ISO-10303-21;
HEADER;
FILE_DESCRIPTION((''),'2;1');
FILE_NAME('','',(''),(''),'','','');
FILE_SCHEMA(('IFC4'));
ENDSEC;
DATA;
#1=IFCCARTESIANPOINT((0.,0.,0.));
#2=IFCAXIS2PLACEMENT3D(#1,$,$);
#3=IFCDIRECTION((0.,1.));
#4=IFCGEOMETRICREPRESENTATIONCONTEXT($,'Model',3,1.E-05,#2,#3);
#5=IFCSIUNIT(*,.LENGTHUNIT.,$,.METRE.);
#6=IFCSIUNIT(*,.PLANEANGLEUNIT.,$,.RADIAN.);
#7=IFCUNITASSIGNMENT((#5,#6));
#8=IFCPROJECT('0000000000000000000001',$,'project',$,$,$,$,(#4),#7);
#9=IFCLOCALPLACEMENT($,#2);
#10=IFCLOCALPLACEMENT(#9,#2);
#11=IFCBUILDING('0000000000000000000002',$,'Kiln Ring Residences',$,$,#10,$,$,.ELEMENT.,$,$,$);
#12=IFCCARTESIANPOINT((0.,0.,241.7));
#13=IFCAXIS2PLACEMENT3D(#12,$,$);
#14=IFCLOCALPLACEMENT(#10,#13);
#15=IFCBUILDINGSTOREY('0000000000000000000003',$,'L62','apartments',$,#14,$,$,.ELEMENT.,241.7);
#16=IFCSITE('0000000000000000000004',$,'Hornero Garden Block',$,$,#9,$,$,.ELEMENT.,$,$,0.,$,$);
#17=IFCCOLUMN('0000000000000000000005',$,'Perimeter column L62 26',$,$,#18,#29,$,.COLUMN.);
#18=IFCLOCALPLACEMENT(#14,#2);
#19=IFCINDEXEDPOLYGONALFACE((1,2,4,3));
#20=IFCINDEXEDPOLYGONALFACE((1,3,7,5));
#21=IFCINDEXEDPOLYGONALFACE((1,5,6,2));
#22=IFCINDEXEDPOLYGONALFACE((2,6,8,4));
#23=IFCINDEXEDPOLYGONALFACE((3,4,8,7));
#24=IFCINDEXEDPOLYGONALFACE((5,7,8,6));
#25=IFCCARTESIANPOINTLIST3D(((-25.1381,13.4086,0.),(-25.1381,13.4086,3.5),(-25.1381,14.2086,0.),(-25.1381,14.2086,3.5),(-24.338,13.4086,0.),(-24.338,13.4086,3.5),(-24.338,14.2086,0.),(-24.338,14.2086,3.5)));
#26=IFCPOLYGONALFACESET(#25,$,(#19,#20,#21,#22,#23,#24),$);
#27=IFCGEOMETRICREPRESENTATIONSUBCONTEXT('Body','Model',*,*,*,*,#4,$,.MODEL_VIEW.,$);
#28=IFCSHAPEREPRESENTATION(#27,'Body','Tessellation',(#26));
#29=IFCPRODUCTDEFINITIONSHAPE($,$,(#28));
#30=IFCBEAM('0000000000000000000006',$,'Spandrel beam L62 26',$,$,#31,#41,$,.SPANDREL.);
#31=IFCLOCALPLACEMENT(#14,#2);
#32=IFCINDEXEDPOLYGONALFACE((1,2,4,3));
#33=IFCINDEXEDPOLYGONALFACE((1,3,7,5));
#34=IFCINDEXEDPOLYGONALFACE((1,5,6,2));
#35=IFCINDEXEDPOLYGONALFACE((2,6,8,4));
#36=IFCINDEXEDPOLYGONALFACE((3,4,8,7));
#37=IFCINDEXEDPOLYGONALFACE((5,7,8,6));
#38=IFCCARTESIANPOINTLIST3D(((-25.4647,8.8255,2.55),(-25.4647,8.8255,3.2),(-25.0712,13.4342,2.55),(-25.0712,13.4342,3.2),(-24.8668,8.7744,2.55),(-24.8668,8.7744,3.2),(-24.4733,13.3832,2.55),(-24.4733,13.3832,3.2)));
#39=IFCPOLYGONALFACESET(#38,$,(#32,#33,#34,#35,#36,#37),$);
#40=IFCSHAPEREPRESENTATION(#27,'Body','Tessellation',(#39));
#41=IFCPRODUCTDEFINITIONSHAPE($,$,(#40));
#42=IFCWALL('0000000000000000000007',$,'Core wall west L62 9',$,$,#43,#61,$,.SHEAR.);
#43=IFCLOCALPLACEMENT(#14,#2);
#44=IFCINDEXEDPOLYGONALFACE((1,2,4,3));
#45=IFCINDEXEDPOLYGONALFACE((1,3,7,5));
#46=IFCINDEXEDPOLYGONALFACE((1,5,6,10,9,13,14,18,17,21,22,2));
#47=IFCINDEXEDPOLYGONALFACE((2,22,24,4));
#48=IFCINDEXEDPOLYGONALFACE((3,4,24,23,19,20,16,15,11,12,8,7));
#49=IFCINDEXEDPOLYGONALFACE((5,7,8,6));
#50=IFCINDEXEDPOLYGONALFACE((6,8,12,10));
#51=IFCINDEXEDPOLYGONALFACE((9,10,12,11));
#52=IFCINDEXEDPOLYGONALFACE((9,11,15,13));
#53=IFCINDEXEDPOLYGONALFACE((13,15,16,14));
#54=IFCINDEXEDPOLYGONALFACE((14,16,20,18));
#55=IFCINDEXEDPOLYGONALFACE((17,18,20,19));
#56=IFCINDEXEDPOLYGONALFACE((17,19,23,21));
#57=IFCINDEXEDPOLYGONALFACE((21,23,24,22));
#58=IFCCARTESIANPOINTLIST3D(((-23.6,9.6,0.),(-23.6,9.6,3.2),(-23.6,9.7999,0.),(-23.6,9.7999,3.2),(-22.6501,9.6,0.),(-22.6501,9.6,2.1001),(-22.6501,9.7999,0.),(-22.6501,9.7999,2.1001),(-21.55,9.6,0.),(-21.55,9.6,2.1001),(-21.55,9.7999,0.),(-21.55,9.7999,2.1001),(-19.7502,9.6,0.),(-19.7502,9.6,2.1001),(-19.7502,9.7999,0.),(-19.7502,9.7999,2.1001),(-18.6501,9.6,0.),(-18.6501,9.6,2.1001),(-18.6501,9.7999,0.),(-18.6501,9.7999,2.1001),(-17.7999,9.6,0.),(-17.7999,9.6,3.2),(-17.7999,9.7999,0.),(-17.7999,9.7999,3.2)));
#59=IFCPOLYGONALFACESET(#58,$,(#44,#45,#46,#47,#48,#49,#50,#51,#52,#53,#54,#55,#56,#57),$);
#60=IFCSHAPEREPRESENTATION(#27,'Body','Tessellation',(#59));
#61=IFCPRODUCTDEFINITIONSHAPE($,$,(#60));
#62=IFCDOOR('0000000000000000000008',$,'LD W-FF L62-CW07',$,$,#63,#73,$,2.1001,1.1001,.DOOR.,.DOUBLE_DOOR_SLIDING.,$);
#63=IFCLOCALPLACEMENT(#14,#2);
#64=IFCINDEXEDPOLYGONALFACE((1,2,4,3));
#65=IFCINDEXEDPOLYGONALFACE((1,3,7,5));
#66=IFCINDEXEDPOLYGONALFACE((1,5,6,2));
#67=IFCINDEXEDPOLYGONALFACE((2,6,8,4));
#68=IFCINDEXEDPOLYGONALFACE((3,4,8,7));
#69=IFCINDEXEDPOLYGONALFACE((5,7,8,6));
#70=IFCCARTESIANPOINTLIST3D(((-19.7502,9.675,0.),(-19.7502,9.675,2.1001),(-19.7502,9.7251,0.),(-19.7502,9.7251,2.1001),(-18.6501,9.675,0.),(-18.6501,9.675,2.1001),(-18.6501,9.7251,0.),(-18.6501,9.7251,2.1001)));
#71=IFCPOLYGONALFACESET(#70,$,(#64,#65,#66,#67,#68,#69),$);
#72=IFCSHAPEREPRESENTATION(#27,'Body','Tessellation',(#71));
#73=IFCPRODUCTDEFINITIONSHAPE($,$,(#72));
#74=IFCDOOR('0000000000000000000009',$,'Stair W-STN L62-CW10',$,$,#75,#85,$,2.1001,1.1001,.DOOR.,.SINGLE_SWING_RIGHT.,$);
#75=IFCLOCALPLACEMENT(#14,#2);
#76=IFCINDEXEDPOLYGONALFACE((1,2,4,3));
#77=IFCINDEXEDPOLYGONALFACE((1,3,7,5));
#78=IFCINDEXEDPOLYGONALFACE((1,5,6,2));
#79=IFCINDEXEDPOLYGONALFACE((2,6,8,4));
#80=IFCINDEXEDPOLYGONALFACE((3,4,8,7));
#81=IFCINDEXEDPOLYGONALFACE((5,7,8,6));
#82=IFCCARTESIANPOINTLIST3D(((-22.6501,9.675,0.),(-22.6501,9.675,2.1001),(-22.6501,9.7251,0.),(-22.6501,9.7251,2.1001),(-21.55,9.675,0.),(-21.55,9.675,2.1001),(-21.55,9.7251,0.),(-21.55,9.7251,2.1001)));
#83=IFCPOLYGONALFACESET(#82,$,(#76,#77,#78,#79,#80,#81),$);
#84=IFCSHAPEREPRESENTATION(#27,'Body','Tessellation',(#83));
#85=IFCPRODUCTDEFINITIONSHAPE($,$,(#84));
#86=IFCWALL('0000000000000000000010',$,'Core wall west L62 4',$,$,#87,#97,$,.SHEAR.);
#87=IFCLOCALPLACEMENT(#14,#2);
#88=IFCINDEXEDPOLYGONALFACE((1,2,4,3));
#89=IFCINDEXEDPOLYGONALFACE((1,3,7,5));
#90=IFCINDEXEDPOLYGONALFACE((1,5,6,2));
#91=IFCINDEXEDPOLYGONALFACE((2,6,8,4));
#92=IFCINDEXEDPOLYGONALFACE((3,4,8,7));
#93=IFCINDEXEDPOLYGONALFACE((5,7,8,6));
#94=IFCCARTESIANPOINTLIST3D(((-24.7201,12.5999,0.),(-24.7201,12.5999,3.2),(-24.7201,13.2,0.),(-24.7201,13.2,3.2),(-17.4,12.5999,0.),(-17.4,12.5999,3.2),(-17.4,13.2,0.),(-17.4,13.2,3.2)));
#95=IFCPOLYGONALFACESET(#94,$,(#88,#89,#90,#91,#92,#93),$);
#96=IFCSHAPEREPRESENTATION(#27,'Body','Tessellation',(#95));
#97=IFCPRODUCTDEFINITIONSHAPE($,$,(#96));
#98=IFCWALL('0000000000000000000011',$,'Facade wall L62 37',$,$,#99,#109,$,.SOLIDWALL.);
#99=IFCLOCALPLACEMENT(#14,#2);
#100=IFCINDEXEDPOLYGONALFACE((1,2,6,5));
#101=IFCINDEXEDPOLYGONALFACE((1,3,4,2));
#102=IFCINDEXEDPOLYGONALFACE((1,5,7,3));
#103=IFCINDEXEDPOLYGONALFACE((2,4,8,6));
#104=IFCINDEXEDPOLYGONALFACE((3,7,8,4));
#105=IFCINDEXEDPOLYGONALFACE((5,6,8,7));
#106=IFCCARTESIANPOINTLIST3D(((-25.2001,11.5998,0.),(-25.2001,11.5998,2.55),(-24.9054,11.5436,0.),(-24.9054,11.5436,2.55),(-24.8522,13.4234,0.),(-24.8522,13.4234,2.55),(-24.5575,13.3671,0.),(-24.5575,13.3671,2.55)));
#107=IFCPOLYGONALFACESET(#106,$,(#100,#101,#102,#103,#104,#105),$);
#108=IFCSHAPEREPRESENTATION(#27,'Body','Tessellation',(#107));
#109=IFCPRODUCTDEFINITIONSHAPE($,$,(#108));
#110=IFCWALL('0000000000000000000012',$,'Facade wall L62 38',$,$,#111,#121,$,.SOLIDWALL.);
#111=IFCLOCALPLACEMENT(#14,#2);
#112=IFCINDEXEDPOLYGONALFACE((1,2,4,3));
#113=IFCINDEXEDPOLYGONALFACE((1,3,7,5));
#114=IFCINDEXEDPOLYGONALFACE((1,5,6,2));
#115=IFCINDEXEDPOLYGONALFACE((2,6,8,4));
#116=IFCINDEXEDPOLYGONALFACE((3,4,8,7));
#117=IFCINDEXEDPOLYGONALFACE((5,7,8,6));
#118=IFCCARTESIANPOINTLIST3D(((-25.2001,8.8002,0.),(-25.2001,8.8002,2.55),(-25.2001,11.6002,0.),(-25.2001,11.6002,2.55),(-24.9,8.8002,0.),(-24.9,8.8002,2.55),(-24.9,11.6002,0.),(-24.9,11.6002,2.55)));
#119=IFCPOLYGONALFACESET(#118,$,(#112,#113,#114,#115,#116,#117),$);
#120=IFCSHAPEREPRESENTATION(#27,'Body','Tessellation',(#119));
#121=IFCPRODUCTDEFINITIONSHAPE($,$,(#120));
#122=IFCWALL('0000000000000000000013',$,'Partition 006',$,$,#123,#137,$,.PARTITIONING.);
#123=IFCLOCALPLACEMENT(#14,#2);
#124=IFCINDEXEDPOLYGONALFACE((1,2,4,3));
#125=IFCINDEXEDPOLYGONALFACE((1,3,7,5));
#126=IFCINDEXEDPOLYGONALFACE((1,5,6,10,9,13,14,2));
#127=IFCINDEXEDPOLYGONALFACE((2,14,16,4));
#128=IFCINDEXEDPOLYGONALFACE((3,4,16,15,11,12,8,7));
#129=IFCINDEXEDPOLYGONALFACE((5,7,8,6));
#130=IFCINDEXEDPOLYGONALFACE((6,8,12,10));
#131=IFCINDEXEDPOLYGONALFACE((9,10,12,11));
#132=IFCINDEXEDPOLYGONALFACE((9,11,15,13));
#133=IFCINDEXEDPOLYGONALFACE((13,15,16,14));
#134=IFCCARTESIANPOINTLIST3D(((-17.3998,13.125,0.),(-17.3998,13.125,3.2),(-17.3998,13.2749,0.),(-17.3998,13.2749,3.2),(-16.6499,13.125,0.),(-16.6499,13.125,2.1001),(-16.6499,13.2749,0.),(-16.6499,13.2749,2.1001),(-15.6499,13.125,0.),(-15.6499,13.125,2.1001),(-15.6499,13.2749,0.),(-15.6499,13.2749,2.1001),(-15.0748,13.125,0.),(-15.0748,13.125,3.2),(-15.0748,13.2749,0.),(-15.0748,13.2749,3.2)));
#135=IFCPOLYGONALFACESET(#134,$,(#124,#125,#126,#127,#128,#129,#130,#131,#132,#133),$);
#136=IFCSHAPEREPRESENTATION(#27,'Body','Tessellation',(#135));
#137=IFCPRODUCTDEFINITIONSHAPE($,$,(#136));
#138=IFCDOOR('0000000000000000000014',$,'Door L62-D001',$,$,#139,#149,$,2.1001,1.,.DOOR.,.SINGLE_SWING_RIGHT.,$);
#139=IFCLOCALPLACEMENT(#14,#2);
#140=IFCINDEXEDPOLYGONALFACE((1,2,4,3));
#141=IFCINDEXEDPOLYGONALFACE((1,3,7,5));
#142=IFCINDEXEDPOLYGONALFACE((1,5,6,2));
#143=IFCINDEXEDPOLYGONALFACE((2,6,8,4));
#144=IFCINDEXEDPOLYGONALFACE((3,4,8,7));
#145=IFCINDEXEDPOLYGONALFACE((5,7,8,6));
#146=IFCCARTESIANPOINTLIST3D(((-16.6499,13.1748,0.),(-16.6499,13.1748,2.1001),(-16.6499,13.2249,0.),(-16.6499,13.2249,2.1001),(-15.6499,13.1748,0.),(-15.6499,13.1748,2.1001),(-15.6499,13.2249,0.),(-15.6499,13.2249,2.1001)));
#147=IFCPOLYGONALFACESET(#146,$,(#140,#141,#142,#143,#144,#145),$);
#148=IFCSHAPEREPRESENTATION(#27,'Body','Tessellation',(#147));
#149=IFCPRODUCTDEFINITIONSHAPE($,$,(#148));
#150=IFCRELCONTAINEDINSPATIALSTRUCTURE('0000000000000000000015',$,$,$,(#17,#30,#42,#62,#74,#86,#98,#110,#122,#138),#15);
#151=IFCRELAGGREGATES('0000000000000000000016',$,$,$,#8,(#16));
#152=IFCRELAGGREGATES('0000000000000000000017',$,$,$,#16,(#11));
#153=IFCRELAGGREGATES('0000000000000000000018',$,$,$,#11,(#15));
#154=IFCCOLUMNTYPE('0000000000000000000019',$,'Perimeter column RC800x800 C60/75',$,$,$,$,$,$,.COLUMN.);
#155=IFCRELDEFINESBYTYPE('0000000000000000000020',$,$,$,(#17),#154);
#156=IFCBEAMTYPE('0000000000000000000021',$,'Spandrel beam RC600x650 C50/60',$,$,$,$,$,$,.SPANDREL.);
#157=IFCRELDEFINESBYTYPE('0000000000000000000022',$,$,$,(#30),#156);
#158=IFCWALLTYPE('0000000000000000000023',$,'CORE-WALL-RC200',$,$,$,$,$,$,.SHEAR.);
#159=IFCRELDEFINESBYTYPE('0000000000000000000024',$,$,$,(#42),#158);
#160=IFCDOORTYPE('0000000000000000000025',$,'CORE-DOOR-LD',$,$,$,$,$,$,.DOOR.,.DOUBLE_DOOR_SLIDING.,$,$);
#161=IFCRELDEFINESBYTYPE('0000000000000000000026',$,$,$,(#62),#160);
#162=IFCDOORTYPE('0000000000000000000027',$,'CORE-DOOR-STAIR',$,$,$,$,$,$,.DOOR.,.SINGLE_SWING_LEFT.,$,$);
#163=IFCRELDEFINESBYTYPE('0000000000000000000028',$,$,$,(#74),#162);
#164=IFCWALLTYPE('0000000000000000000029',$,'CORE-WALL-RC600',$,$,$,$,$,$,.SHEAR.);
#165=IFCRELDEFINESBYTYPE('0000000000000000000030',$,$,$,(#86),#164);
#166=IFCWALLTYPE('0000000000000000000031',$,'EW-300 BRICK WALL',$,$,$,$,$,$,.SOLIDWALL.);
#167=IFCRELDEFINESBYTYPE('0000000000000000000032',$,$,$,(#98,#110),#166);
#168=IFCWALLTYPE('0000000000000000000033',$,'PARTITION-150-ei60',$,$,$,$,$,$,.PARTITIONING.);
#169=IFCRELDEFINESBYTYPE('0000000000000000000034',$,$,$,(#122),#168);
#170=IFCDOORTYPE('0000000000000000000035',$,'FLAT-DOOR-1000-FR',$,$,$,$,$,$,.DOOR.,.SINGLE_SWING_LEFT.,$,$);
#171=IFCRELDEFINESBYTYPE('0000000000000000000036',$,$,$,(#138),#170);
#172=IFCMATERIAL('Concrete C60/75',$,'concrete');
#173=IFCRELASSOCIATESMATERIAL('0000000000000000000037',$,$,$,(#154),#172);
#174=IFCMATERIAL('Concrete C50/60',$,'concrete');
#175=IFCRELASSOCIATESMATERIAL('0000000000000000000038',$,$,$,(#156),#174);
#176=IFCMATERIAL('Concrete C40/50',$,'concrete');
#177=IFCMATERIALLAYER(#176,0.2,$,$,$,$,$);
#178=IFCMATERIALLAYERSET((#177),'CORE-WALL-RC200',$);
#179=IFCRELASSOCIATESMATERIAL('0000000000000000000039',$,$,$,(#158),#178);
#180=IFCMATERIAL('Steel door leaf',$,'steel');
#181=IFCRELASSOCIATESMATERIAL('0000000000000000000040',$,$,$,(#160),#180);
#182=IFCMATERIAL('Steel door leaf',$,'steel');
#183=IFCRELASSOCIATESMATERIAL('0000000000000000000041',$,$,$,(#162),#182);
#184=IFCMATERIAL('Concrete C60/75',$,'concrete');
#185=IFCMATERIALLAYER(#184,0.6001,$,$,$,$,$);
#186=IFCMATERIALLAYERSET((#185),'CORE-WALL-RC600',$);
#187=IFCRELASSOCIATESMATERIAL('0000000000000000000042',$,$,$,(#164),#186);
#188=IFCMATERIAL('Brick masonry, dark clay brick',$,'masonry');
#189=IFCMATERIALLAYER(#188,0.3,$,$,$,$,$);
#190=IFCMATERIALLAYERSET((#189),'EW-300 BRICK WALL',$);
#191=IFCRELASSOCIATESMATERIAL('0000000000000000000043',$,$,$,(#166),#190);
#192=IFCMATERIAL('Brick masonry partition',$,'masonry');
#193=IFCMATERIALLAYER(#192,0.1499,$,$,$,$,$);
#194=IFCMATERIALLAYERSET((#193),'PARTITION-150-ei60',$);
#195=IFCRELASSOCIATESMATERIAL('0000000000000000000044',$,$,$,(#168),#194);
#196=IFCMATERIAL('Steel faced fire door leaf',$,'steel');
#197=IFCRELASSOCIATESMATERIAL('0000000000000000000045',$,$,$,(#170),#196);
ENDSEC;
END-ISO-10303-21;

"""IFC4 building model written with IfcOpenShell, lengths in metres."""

from ifc_helpers import new_model, si_unit, direction, frame, frame_2d, origin, origin_2d, place, context, subcontext, project, spatial, rectangle, extrude, material, layer, layer_set, material_profile, profile_set, type_object, element, fill, save


model = new_model("IFC4")

# Units and contexts
model_context = context("Model", 3, precision=1e-05, world=origin(), true_north=direction((0.0, 1.0)))
body_context = subcontext(model_context, "Body", "Model", "MODEL_VIEW")
ifc_project = project(units=[si_unit("LENGTHUNIT", "METRE"), si_unit("PLANEANGLEUNIT", "RADIAN")], contexts=[model_context])

# Site, building, storey
site_placement = place(None, origin())
site = spatial("IfcSite", under=ifc_project, at=site_placement, Name="Hornero Garden Block", CompositionType="ELEMENT", RefElevation=0.0)
building_placement = place(site_placement, origin())
building = spatial("IfcBuilding", under=site, at=building_placement, Name="Kiln Ring Residences", CompositionType="ELEMENT")
storey_placement = place(building_placement, frame((0.0, 0.0, 241.7)))
storey = spatial("IfcBuildingStorey", under=building, at=storey_placement, Name="L62", Description="apartments", CompositionType="ELEMENT", Elevation=241.7)

# Column
ifc_material_1 = material(Name="Concrete C60/75", Category="concrete")
ifc_material_profile_1 = material_profile(ifc_material_1, rectangle(XDim=0.8, YDim=0.8, at=origin_2d()), Name="RC800x800")
ifc_profile_set_1 = profile_set([ifc_material_profile_1], Name="Concrete C60/75")
column_type = type_object("IfcColumnType", Name="Perimeter column RC800x800 C60/75", PredefinedType="COLUMN", material=ifc_profile_set_1)
column_placement = place(storey_placement, frame((-24.738, 13.8086, 0.0), z_axis=(0.0, 0.0, 1.0), x_axis=(1.0, 0.0, 0.0)))
element("IfcColumn", 1, at=column_placement, inside=storey, type_object=column_type, Name="Perimeter column L62 26", PredefinedType="COLUMN", context=body_context, shape_type="SweptSolid", body=[
    extrude(rectangle(XDim=0.8, YDim=0.8, at=origin_2d()), origin(), (0.0, 0.0, 1.0), 3.5),
])

# Beam
ifc_material_2 = material(Name="Concrete C50/60", Category="concrete")
ifc_material_profile_2 = material_profile(ifc_material_2, rectangle(XDim=0.6001, YDim=0.6499, at=origin_2d()), Name="RC600x650")
ifc_profile_set_2 = profile_set([ifc_material_profile_2], Name="Concrete C50/60")
beam_type = type_object("IfcBeamType", Name="Spandrel beam RC600x650 C50/60", PredefinedType="SPANDREL", material=ifc_profile_set_2)
beam_placement = place(storey_placement, frame((-24.7722, 13.4087, 2.875), z_axis=(-0.085085, -0.996374, 0.0), x_axis=(0.996374, -0.085085, 0.0)))
element("IfcBeam", 2, at=beam_placement, inside=storey, type_object=beam_type, Name="Spandrel beam L62 26", PredefinedType="SPANDREL", context=body_context, shape_type="SweptSolid", body=[
    extrude(rectangle(XDim=0.6001, YDim=0.6499, at=origin_2d()), origin(), (0.0, 0.0, 1.0), 4.6255),
])

# Wall, openings, doors
ifc_material_3 = material(Name="Concrete C40/50", Category="concrete")
ifc_layer_1 = layer(ifc_material_3, 0.2)
ifc_layer_set_1 = layer_set([ifc_layer_1], Name="CORE-WALL-RC200")
wall_type_1 = type_object("IfcWallType", Name="CORE-WALL-RC200", PredefinedType="SHEAR", material=ifc_layer_set_1)
wall_1_placement = place(storey_placement, frame((-17.8, 9.7, 0.0), z_axis=(0.0, 0.0, 1.0), x_axis=(-1.0, 0.0, 0.0)))
wall_1 = element("IfcWall", 3, at=wall_1_placement, inside=storey, type_object=wall_type_1, Name="Core wall west L62 9", PredefinedType="SHEAR", context=body_context, shape_type="SweptSolid", body=[
    extrude(rectangle(XDim=5.8, YDim=0.2, at=frame_2d((2.8999, 0.0))), origin(), (0.0, 0.0, 1.0), 3.2),
])
opening_1_placement = place(wall_1_placement, frame((0.8501, 0.0, 0.0)))
opening_1 = element("IfcOpeningElement", 4, at=opening_1_placement, cuts=wall_1, PredefinedType="OPENING", context=body_context, shape_type="SweptSolid", body=[
    extrude(rectangle(XDim=1.1001, YDim=2.1001, at=frame_2d((0.55, 1.05))), frame((0.0, 0.1099, 0.0), z_axis=(0.0, -1.0, 0.0), x_axis=(1.0, 0.0, 0.0)), (0.0, 0.0, 1.0), 0.22),
])
opening_2_placement = place(wall_1_placement, frame((3.75, 0.0, 0.0)))
opening_2 = element("IfcOpeningElement", 5, at=opening_2_placement, cuts=wall_1, PredefinedType="OPENING", context=body_context, shape_type="SweptSolid", body=[
    extrude(rectangle(XDim=1.1001, YDim=2.1001, at=frame_2d((0.55, 1.05))), frame((0.0, 0.1099, 0.0), z_axis=(0.0, -1.0, 0.0), x_axis=(1.0, 0.0, 0.0)), (0.0, 0.0, 1.0), 0.22),
])
ifc_material_4 = material(Name="Steel door leaf", Category="steel")
door_type_1 = type_object("IfcDoorType", Name="CORE-DOOR-LD", OperationType="DOUBLE_DOOR_SLIDING", PredefinedType="DOOR", material=ifc_material_4)
door_1_placement = place(opening_1_placement, origin())
door_1 = element("IfcDoor", 6, at=door_1_placement, inside=storey, type_object=door_type_1, Name="LD W-FF L62-CW07", OperationType="DOUBLE_DOOR_SLIDING", OverallHeight=2.1001, OverallWidth=1.1001, PredefinedType="DOOR", context=body_context, shape_type="SweptSolid", body=[
    extrude(rectangle(XDim=1.1001, YDim=2.1001, at=frame_2d((0.55, 1.05))), frame((0.0, 0.0249, 0.0), z_axis=(0.0, -1.0, 0.0), x_axis=(1.0, 0.0, 0.0)), (0.0, 0.0, 1.0), 0.05),
])
fill(opening_1, door_1)
ifc_material_5 = material(Name="Steel door leaf", Category="steel")
door_type_2 = type_object("IfcDoorType", Name="CORE-DOOR-STAIR", OperationType="SINGLE_SWING_LEFT", PredefinedType="DOOR", material=ifc_material_5)
door_2_placement = place(opening_2_placement, origin())
door_2 = element("IfcDoor", 7, at=door_2_placement, inside=storey, type_object=door_type_2, Name="Stair W-STN L62-CW10", OperationType="SINGLE_SWING_RIGHT", OverallHeight=2.1001, OverallWidth=1.1001, PredefinedType="DOOR", context=body_context, shape_type="SweptSolid", body=[
    extrude(rectangle(XDim=1.1001, YDim=2.1001, at=frame_2d((0.55, 1.05))), frame((0.0, 0.0249, 0.0), z_axis=(0.0, -1.0, 0.0), x_axis=(1.0, 0.0, 0.0)), (0.0, 0.0, 1.0), 0.05),
])
fill(opening_2, door_2)

# Walls
ifc_material_6 = material(Name="Concrete C60/75", Category="concrete")
ifc_layer_2 = layer(ifc_material_6, 0.6001)
ifc_layer_set_2 = layer_set([ifc_layer_2], Name="CORE-WALL-RC600")
wall_type_2 = type_object("IfcWallType", Name="CORE-WALL-RC600", PredefinedType="SHEAR", material=ifc_layer_set_2)
wall_2_placement = place(storey_placement, frame((-17.3999, 12.8999, 0.0), z_axis=(0.0, 0.0, 1.0), x_axis=(-1.0, 0.0, 0.0)))
element("IfcWall", 8, at=wall_2_placement, inside=storey, type_object=wall_type_2, Name="Core wall west L62 4", PredefinedType="SHEAR", context=body_context, shape_type="SweptSolid", body=[
    extrude(rectangle(XDim=7.3201, YDim=0.6001, at=frame_2d((3.6602, 0.0))), origin(), (0.0, 0.0, 1.0), 3.2),
])
ifc_material_7 = material(Name="Brick masonry, dark clay brick", Category="masonry")
ifc_layer_3 = layer(ifc_material_7, 0.3)
ifc_layer_set_3 = layer_set([ifc_layer_3], Name="EW-300 BRICK WALL")
wall_type_3 = type_object("IfcWallType", Name="EW-300 BRICK WALL", PredefinedType="SOLIDWALL", material=ifc_layer_set_3)
wall_3_placement = place(storey_placement, frame((-24.7048, 13.3953, 0.0), z_axis=(0.0, 0.0, 1.0), x_axis=(-0.187408, -0.982282, 0.0)))
element("IfcWall", 9, at=wall_3_placement, inside=storey, type_object=wall_type_3, Name="Facade wall L62 37", PredefinedType="SOLIDWALL", context=body_context, shape_type="SweptSolid", body=[
    extrude(rectangle(XDim=1.8564, YDim=0.3, at=frame_2d((0.9282, 0.0))), origin(), (0.0, 0.0, 1.0), 2.55),
])
wall_4_placement = place(storey_placement, frame((-25.05, 11.6001, 0.0), z_axis=(0.0, 0.0, 1.0), x_axis=(0.0, -1.0, 0.0)))
element("IfcWall", 10, at=wall_4_placement, inside=storey, type_object=wall_type_3, Name="Facade wall L62 38", PredefinedType="SOLIDWALL", context=body_context, shape_type="SweptSolid", body=[
    extrude(rectangle(XDim=2.8, YDim=0.3, at=frame_2d((1.3999, 0.0))), origin(), (0.0, 0.0, 1.0), 2.55),
])

# Wall, opening, door
ifc_material_8 = material(Name="Brick masonry partition", Category="masonry")
ifc_layer_4 = layer(ifc_material_8, 0.1499)
ifc_layer_set_4 = layer_set([ifc_layer_4], Name="PARTITION-150-ei60")
wall_type_4 = type_object("IfcWallType", Name="PARTITION-150-ei60", PredefinedType="PARTITIONING", material=ifc_layer_set_4)
wall_5_placement = place(storey_placement, frame((-17.3999, 13.2, 0.0), z_axis=(0.0, 0.0, 1.0), x_axis=(1.0, 0.0, 0.0)))
wall_5 = element("IfcWall", 11, at=wall_5_placement, inside=storey, type_object=wall_type_4, Name="Partition 006", PredefinedType="PARTITIONING", context=body_context, shape_type="SweptSolid", body=[
    extrude(rectangle(XDim=2.325, YDim=0.1499, at=frame_2d((1.1626, 0.0))), origin(), (0.0, 0.0, 1.0), 3.2),
])
opening_3_placement = place(wall_5_placement, frame((0.75, 0.0, 0.0)))
opening_3 = element("IfcOpeningElement", 12, at=opening_3_placement, cuts=wall_5, PredefinedType="OPENING", context=body_context, shape_type="SweptSolid", body=[
    extrude(rectangle(XDim=1.0, YDim=2.1001, at=frame_2d((0.5, 1.05))), frame((0.0, 0.085, 0.0), z_axis=(0.0, -1.0, 0.0), x_axis=(1.0, 0.0, 0.0)), (0.0, 0.0, 1.0), 0.1699),
])
ifc_material_9 = material(Name="Steel faced fire door leaf", Category="steel")
door_type_3 = type_object("IfcDoorType", Name="FLAT-DOOR-1000-FR", OperationType="SINGLE_SWING_LEFT", PredefinedType="DOOR", material=ifc_material_9)
door_3_placement = place(opening_3_placement, origin())
door_3 = element("IfcDoor", 13, at=door_3_placement, inside=storey, type_object=door_type_3, Name="Door L62-D001", OperationType="SINGLE_SWING_RIGHT", OverallHeight=2.1001, OverallWidth=1.0, PredefinedType="DOOR", context=body_context, shape_type="SweptSolid", body=[
    extrude(rectangle(XDim=1.0, YDim=2.1001, at=frame_2d((0.5, 1.05))), frame((0.0, 0.0249, 0.0), z_axis=(0.0, -1.0, 0.0), x_axis=(1.0, 0.0, 0.0)), (0.0, 0.0, 1.0), 0.05),
])
fill(opening_3, door_3)

save(model, "model.ifc")
